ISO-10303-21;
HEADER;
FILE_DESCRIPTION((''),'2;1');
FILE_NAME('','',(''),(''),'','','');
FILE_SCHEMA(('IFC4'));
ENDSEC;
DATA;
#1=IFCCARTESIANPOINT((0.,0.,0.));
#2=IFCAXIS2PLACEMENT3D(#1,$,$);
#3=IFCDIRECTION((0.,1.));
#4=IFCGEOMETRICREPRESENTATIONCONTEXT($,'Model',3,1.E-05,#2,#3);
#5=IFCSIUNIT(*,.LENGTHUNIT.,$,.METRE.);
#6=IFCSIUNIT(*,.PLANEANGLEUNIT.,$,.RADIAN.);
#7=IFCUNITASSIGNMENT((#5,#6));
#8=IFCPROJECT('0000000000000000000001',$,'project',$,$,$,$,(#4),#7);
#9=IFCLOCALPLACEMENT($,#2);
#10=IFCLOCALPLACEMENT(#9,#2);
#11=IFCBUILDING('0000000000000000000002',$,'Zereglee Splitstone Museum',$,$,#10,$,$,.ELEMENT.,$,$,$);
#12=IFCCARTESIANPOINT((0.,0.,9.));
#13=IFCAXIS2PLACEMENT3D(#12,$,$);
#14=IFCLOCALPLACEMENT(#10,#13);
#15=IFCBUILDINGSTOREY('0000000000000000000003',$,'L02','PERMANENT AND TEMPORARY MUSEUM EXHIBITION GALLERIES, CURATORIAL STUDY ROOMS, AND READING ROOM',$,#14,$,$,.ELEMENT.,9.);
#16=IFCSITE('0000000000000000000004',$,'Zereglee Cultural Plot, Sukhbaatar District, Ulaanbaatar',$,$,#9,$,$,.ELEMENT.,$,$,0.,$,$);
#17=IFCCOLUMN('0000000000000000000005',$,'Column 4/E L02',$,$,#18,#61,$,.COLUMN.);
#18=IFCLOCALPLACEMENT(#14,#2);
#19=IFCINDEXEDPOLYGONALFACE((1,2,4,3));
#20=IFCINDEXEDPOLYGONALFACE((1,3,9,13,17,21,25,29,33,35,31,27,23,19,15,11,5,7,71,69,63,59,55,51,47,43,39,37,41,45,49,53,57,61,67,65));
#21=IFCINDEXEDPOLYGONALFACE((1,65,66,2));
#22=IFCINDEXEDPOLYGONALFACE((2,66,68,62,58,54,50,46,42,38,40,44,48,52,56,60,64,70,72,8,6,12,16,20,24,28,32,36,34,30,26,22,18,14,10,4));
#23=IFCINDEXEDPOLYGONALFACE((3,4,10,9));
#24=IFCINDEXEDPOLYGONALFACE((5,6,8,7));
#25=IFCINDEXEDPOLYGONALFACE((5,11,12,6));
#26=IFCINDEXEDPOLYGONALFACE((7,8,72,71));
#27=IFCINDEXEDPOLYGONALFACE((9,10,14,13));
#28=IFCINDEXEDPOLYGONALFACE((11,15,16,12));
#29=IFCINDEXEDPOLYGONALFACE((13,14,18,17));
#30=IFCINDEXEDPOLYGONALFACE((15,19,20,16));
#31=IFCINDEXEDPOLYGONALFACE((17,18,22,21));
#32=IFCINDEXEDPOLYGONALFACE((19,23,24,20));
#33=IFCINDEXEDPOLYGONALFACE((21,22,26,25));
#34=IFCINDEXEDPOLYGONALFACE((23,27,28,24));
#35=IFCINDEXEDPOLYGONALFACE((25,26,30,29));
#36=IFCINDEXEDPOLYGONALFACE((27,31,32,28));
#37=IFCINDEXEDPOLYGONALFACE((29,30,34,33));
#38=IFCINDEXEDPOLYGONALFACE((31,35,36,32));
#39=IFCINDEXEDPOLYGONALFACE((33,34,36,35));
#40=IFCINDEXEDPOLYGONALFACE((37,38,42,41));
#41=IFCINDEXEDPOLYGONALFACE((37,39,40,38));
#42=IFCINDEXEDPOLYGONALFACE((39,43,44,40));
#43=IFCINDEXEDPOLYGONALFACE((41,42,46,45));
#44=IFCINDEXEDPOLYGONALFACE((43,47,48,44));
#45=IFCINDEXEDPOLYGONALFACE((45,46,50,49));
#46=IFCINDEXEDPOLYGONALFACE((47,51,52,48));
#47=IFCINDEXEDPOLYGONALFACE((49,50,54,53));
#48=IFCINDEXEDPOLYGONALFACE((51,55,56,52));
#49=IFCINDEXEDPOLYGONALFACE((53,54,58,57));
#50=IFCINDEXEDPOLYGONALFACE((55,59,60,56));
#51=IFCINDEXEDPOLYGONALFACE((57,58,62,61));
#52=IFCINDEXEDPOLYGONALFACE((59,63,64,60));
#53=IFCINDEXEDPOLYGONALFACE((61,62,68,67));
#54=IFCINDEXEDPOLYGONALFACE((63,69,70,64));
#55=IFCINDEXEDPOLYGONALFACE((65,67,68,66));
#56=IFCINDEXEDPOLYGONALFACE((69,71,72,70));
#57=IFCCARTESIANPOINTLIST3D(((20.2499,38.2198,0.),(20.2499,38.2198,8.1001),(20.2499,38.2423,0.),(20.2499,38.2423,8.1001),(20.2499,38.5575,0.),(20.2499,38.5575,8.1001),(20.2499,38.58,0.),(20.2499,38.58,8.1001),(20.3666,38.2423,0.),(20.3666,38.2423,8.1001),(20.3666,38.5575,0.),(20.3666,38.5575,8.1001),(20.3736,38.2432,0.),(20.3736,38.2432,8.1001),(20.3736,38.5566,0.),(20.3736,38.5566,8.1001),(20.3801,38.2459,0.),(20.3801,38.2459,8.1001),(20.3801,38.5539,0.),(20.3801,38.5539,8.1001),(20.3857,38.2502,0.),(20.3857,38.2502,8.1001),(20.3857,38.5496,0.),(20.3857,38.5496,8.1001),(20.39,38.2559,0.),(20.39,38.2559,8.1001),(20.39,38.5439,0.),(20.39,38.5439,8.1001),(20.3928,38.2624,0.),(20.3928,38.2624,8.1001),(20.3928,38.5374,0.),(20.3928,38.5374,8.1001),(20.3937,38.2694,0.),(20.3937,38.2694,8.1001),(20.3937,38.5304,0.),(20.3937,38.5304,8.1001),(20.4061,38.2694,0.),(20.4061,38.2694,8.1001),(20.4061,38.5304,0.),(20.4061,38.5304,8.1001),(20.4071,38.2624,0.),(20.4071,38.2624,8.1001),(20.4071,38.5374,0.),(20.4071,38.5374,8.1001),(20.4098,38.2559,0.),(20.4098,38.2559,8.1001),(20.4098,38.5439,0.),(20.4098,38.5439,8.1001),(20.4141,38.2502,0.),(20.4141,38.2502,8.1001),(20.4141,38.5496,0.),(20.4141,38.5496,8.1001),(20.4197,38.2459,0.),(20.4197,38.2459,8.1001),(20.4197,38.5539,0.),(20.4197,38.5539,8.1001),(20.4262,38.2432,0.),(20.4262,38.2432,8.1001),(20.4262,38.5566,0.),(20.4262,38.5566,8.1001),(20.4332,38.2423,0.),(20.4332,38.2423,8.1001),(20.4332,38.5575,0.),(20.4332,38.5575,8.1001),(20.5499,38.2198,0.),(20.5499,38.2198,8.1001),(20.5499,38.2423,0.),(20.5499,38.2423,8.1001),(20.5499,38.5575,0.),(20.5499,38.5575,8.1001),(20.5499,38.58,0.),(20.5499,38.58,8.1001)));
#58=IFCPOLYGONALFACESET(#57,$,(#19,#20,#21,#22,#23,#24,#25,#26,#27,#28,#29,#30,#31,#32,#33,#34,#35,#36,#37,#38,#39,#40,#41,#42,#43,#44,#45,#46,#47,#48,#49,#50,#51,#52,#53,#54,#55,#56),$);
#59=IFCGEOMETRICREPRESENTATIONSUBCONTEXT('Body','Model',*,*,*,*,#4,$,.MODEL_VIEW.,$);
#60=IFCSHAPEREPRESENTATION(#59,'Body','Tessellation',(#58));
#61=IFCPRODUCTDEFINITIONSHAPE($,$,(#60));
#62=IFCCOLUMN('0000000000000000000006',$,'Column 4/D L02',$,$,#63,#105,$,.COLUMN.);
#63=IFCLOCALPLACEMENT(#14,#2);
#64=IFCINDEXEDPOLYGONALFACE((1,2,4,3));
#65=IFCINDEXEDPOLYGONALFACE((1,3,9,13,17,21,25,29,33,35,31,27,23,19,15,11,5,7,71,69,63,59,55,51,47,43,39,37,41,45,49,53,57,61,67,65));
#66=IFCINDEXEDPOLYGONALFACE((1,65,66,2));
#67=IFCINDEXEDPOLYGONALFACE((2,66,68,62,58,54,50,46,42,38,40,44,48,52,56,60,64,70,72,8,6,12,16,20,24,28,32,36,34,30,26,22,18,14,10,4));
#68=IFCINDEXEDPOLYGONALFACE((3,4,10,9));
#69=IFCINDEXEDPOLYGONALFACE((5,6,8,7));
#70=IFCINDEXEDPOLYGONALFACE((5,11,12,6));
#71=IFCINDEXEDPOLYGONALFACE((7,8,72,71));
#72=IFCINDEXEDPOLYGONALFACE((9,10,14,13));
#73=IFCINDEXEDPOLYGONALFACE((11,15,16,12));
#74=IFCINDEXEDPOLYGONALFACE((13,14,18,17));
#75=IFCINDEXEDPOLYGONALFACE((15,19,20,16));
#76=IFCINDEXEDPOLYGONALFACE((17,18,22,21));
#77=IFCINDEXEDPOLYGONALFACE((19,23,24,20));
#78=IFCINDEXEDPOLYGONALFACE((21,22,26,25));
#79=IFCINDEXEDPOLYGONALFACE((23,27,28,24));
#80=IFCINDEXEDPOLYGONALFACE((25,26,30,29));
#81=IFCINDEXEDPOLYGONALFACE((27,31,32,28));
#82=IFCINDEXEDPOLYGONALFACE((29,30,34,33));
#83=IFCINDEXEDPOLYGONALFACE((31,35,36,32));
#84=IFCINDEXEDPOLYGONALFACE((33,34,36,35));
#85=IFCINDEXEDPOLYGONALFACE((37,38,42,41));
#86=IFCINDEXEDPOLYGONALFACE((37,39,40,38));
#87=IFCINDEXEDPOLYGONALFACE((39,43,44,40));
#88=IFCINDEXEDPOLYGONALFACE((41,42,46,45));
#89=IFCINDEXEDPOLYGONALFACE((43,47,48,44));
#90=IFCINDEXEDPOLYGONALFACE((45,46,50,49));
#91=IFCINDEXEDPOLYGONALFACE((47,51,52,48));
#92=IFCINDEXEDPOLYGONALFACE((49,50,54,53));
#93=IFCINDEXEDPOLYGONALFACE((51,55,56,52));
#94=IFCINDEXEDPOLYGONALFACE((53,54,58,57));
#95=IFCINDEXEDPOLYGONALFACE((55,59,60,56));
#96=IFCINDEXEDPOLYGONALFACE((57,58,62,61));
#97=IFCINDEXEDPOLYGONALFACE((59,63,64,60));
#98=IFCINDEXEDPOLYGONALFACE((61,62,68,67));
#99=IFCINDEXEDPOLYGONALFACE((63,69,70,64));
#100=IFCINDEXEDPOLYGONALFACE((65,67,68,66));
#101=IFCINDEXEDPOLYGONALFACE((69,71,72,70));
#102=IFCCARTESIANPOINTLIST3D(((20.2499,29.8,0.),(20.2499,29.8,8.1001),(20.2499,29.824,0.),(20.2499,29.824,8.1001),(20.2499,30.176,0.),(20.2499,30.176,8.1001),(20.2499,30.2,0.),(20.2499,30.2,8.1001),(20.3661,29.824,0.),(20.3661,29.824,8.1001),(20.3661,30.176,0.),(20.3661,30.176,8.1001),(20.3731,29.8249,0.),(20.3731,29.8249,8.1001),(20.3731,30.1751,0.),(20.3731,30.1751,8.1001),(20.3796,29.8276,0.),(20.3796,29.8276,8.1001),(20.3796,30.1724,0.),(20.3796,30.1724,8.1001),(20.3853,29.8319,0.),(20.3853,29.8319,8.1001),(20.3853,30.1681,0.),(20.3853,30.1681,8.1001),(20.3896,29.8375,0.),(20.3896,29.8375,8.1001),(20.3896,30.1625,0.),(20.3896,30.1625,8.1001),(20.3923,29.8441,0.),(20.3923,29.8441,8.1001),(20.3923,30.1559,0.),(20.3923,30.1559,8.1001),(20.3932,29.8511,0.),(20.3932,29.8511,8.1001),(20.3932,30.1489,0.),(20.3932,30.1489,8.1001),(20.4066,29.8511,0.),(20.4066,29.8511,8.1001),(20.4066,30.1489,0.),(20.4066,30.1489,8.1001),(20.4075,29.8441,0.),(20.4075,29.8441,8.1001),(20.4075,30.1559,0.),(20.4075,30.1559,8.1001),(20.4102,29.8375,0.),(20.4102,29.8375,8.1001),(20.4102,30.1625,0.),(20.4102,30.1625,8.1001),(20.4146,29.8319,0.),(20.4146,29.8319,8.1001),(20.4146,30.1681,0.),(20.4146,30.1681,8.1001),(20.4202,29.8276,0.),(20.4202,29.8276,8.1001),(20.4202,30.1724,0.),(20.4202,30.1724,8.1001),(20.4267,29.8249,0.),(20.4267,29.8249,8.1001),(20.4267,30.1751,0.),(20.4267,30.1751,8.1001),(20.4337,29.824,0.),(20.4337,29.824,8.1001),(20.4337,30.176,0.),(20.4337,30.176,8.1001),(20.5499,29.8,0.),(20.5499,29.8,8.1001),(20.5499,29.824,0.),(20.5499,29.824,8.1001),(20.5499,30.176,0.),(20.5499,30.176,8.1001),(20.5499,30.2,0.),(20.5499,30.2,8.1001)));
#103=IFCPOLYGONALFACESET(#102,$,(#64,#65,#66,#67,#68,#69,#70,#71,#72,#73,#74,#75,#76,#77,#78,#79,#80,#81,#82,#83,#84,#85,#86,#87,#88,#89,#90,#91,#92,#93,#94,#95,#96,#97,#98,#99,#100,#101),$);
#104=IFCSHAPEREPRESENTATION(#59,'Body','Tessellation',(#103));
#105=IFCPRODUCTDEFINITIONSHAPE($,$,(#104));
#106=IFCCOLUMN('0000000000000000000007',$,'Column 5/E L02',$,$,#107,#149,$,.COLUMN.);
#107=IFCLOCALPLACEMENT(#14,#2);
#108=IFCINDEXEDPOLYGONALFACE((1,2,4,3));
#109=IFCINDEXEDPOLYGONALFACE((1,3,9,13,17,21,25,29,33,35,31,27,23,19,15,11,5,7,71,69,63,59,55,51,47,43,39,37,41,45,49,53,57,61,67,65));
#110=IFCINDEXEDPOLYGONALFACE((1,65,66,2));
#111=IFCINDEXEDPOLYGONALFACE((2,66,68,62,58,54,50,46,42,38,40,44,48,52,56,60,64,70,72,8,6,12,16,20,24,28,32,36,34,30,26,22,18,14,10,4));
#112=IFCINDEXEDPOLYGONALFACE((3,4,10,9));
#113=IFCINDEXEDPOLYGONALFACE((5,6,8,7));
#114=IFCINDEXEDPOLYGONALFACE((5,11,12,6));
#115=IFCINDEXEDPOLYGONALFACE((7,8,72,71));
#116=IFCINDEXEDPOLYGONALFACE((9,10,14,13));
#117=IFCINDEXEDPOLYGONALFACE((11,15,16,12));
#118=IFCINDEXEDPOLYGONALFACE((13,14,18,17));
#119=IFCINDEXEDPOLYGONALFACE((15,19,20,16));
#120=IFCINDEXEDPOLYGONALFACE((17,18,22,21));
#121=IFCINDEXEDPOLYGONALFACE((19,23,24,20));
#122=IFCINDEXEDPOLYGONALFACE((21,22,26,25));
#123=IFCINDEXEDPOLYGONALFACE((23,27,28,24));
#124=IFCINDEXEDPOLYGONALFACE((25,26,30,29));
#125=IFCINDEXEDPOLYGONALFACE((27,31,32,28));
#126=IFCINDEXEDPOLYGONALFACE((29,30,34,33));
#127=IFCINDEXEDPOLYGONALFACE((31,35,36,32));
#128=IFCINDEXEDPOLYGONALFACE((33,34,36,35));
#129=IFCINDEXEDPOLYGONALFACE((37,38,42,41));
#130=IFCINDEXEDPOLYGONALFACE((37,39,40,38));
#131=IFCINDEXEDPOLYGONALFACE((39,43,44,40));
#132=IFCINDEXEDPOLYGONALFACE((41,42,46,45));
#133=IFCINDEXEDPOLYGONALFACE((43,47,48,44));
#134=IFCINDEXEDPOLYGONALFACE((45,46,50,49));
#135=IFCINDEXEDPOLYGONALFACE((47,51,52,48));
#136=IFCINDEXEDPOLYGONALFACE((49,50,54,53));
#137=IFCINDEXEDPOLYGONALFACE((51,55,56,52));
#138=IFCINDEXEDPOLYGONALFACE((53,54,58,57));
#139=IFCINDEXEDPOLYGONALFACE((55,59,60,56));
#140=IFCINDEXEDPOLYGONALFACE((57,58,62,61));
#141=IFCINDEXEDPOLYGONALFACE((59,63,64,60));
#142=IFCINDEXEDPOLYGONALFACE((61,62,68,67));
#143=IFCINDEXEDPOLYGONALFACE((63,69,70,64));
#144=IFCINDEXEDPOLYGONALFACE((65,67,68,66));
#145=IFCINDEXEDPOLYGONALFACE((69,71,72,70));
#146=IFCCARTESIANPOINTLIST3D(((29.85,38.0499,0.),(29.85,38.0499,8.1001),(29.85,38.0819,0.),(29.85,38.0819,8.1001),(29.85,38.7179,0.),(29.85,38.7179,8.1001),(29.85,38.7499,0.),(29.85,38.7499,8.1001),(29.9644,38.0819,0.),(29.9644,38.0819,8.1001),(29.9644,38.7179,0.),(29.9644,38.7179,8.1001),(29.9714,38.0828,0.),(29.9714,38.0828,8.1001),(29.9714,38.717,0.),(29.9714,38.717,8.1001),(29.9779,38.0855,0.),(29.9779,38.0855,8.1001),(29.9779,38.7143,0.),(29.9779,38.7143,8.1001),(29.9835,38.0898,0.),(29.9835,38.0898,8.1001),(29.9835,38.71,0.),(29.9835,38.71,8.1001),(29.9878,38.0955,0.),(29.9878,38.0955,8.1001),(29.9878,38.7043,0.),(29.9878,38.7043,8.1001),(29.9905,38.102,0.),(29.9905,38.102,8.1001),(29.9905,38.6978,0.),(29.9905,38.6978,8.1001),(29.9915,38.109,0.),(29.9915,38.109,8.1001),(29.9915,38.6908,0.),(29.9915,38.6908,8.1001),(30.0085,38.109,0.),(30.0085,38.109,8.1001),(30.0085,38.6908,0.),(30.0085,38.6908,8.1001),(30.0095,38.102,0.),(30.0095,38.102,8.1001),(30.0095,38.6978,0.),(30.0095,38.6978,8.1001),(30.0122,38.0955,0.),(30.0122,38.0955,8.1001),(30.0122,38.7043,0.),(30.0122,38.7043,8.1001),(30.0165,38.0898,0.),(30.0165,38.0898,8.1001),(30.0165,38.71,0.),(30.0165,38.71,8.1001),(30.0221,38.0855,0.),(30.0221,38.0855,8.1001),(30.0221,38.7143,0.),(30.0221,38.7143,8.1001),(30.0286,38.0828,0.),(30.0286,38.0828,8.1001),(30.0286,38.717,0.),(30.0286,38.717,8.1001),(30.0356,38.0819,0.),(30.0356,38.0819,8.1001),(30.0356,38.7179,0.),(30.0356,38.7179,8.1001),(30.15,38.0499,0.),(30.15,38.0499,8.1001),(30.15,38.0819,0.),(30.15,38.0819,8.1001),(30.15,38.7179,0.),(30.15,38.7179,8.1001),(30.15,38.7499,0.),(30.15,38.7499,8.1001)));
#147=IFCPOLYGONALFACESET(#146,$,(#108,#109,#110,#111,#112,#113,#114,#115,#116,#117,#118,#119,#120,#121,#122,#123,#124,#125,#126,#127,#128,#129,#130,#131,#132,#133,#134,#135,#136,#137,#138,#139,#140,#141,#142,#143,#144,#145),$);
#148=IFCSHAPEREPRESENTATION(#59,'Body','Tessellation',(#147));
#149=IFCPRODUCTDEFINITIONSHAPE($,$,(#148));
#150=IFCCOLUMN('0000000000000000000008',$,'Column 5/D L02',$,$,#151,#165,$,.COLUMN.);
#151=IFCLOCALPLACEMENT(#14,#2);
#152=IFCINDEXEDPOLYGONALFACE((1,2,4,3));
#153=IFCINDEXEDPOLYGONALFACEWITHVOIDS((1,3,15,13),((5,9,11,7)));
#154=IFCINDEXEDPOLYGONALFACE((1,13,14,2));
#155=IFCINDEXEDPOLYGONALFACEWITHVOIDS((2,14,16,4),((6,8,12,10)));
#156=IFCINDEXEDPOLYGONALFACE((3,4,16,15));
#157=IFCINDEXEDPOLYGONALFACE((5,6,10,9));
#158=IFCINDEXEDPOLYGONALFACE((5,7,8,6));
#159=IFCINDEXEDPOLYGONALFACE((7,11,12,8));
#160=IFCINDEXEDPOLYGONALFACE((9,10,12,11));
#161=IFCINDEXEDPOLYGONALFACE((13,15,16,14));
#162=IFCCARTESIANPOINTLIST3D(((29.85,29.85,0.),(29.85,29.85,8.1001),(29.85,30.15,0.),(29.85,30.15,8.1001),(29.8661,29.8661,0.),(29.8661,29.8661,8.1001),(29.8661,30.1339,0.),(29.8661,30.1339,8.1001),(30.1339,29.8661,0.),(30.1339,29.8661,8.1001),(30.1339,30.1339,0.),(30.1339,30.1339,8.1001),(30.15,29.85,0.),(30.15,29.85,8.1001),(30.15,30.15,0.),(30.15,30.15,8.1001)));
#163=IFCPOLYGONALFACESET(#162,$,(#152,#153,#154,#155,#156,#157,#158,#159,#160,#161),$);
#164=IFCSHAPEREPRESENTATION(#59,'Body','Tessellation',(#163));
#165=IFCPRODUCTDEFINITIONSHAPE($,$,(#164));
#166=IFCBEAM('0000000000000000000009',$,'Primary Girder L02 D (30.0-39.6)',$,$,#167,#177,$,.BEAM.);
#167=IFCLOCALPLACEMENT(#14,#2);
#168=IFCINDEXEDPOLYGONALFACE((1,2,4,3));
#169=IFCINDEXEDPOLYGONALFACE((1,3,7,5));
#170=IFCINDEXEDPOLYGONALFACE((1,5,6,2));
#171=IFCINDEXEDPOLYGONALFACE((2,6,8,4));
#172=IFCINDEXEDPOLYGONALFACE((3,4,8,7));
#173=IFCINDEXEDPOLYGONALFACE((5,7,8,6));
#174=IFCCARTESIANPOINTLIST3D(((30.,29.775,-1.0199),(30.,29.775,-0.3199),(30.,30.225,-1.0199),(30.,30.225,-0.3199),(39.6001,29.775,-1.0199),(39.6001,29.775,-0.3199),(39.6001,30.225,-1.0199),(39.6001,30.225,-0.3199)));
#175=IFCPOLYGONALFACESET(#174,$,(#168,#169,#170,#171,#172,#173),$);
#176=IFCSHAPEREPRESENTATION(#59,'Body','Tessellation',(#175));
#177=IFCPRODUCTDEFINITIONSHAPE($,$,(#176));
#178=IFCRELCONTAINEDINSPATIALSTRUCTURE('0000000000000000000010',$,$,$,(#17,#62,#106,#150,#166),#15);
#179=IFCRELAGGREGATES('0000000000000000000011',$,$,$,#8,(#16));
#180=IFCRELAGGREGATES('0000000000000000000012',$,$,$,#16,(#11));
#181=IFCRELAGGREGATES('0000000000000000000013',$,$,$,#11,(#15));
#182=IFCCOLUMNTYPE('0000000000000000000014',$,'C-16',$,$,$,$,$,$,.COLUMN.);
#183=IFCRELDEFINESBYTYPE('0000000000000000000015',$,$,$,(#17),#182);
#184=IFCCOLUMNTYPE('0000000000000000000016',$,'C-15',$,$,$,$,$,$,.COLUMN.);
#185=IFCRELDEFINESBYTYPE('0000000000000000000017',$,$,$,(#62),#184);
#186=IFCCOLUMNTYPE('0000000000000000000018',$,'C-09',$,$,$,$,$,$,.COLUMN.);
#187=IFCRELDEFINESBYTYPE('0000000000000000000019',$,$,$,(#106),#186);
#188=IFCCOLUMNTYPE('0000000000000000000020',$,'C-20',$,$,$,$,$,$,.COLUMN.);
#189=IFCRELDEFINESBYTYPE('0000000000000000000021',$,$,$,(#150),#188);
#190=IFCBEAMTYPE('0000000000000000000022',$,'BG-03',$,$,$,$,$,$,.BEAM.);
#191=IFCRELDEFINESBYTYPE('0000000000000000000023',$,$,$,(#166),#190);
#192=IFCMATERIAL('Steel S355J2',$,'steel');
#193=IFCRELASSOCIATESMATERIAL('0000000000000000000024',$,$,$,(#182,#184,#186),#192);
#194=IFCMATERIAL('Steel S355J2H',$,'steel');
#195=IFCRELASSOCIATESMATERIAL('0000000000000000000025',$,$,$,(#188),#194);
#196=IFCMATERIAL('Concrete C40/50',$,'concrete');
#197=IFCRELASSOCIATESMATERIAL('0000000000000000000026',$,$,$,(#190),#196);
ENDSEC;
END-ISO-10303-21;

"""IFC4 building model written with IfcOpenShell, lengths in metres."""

from ifc_helpers import new_model, si_unit, direction, frame, origin, origin_2d, place, context, subcontext, project, spatial, rectangle, hollow_rectangle, i_section, extrude, material, material_profile, profile_set, type_object, element, save


model = new_model("IFC4")

# Units and contexts
model_context = context("Model", 3, precision=1e-05, world=origin(), true_north=direction((0.0, 1.0)))
body_context = subcontext(model_context, "Body", "Model", "MODEL_VIEW")
ifc_project = project(units=[si_unit("LENGTHUNIT", "METRE"), si_unit("PLANEANGLEUNIT", "RADIAN")], contexts=[model_context])

# Site, building, storey
site_placement = place(None, origin())
site = spatial("IfcSite", under=ifc_project, at=site_placement, Name="Zereglee Cultural Plot, Sukhbaatar District, Ulaanbaatar", CompositionType="ELEMENT", RefElevation=0.0)
building_placement = place(site_placement, origin())
building = spatial("IfcBuilding", under=site, at=building_placement, Name="Zereglee Splitstone Museum", CompositionType="ELEMENT")
storey_placement = place(building_placement, frame((0.0, 0.0, 9.0)))
storey = spatial("IfcBuildingStorey", under=building, at=storey_placement, Name="L02", Description="PERMANENT AND TEMPORARY MUSEUM EXHIBITION GALLERIES, CURATORIAL STUDY ROOMS, AND READING ROOM", CompositionType="ELEMENT", Elevation=9.0)

# Columns
ifc_material_1 = material(Name="Steel S355J2", Category="steel")
ifc_material_profile_1 = material_profile(ifc_material_1, i_section(OverallWidth=0.3, OverallDepth=0.3601, WebThickness=0.0125, FlangeThickness=0.0225, FilletRadius=0.0271, at=origin_2d()), Name="HE 360 B")
ifc_profile_set_1 = profile_set([ifc_material_profile_1], Name="Steel S355J2")
column_type_1 = type_object("IfcColumnType", Name="C-16", PredefinedType="COLUMN", material=ifc_profile_set_1)
column_1_placement = place(storey_placement, frame((20.3999, 38.3999, 0.0), z_axis=(0.0, 0.0, 1.0), x_axis=(1.0, 0.0, 0.0)))
element("IfcColumn", 1, at=column_1_placement, inside=storey, type_object=column_type_1, Name="Column 4/E L02", PredefinedType="COLUMN", context=body_context, shape_type="SweptSolid", body=[
    extrude(i_section(OverallWidth=0.3, OverallDepth=0.3601, WebThickness=0.0125, FlangeThickness=0.0225, FilletRadius=0.0271, at=origin_2d()), origin(), (0.0, 0.0, 1.0), 8.1001),
])
ifc_material_profile_2 = material_profile(ifc_material_1, i_section(OverallWidth=0.3, OverallDepth=0.3999, WebThickness=0.0134, FlangeThickness=0.0239, FilletRadius=0.0271, at=origin_2d()), Name="HE 400 B")
ifc_profile_set_2 = profile_set([ifc_material_profile_2], Name="Steel S355J2")
column_type_2 = type_object("IfcColumnType", Name="C-15", PredefinedType="COLUMN", material=ifc_profile_set_2)
column_2_placement = place(storey_placement, frame((20.3999, 30.0, 0.0), z_axis=(0.0, 0.0, 1.0), x_axis=(1.0, 0.0, 0.0)))
element("IfcColumn", 2, at=column_2_placement, inside=storey, type_object=column_type_2, Name="Column 4/D L02", PredefinedType="COLUMN", context=body_context, shape_type="SweptSolid", body=[
    extrude(i_section(OverallWidth=0.3, OverallDepth=0.3999, WebThickness=0.0134, FlangeThickness=0.0239, FilletRadius=0.0271, at=origin_2d()), origin(), (0.0, 0.0, 1.0), 8.1001),
])
ifc_material_profile_3 = material_profile(ifc_material_1, i_section(OverallWidth=0.3, OverallDepth=0.7, WebThickness=0.0171, FlangeThickness=0.032, FilletRadius=0.0271, at=origin_2d()), Name="HE 700 B")
ifc_profile_set_3 = profile_set([ifc_material_profile_3], Name="Steel S355J2")
column_type_3 = type_object("IfcColumnType", Name="C-09", PredefinedType="COLUMN", material=ifc_profile_set_3)
column_3_placement = place(storey_placement, frame((30.0, 38.3999, 0.0), z_axis=(0.0, 0.0, 1.0), x_axis=(1.0, 0.0, 0.0)))
element("IfcColumn", 3, at=column_3_placement, inside=storey, type_object=column_type_3, Name="Column 5/E L02", PredefinedType="COLUMN", context=body_context, shape_type="SweptSolid", body=[
    extrude(i_section(OverallWidth=0.3, OverallDepth=0.7, WebThickness=0.0171, FlangeThickness=0.032, FilletRadius=0.0271, at=origin_2d()), origin(), (0.0, 0.0, 1.0), 8.1001),
])
ifc_material_2 = material(Name="Steel S355J2H", Category="steel")
ifc_material_profile_4 = material_profile(ifc_material_2, hollow_rectangle(XDim=0.3, YDim=0.3, WallThickness=0.0161, at=origin_2d()), Name="SHS 300x300x16")
ifc_profile_set_4 = profile_set([ifc_material_profile_4], Name="Steel S355J2H")
column_type_4 = type_object("IfcColumnType", Name="C-20", PredefinedType="COLUMN", material=ifc_profile_set_4)
column_4_placement = place(storey_placement, frame((30.0, 30.0, 0.0), z_axis=(0.0, 0.0, 1.0), x_axis=(1.0, 0.0, 0.0)))
element("IfcColumn", 4, at=column_4_placement, inside=storey, type_object=column_type_4, Name="Column 5/D L02", PredefinedType="COLUMN", context=body_context, shape_type="SweptSolid", body=[
    extrude(hollow_rectangle(XDim=0.3, YDim=0.3, WallThickness=0.0161, at=origin_2d()), origin(), (0.0, 0.0, 1.0), 8.1001),
])

# Beam
ifc_material_3 = material(Name="Concrete C40/50", Category="concrete")
ifc_material_profile_5 = material_profile(ifc_material_3, rectangle(XDim=0.45, YDim=0.7, at=origin_2d()), Name="RC 450x700")
ifc_profile_set_5 = profile_set([ifc_material_profile_5], Name="Concrete C40/50")
beam_type_1 = type_object("IfcBeamType", Name="BG-03", PredefinedType="BEAM", material=ifc_profile_set_5)
beam_1_placement = place(storey_placement, frame((30.0, 30.0, -0.6699), z_axis=(1.0, 0.0, 0.0), x_axis=(0.0, 1.0, 0.0)))
element("IfcBeam", 5, at=beam_1_placement, inside=storey, type_object=beam_type_1, Name="Primary Girder L02 D (30.0-39.6)", PredefinedType="BEAM", context=body_context, shape_type="SweptSolid", body=[
    extrude(rectangle(XDim=0.45, YDim=0.7, at=origin_2d()), origin(), (0.0, 0.0, 1.0), 9.6001),
])

save(model, "model.ifc")
